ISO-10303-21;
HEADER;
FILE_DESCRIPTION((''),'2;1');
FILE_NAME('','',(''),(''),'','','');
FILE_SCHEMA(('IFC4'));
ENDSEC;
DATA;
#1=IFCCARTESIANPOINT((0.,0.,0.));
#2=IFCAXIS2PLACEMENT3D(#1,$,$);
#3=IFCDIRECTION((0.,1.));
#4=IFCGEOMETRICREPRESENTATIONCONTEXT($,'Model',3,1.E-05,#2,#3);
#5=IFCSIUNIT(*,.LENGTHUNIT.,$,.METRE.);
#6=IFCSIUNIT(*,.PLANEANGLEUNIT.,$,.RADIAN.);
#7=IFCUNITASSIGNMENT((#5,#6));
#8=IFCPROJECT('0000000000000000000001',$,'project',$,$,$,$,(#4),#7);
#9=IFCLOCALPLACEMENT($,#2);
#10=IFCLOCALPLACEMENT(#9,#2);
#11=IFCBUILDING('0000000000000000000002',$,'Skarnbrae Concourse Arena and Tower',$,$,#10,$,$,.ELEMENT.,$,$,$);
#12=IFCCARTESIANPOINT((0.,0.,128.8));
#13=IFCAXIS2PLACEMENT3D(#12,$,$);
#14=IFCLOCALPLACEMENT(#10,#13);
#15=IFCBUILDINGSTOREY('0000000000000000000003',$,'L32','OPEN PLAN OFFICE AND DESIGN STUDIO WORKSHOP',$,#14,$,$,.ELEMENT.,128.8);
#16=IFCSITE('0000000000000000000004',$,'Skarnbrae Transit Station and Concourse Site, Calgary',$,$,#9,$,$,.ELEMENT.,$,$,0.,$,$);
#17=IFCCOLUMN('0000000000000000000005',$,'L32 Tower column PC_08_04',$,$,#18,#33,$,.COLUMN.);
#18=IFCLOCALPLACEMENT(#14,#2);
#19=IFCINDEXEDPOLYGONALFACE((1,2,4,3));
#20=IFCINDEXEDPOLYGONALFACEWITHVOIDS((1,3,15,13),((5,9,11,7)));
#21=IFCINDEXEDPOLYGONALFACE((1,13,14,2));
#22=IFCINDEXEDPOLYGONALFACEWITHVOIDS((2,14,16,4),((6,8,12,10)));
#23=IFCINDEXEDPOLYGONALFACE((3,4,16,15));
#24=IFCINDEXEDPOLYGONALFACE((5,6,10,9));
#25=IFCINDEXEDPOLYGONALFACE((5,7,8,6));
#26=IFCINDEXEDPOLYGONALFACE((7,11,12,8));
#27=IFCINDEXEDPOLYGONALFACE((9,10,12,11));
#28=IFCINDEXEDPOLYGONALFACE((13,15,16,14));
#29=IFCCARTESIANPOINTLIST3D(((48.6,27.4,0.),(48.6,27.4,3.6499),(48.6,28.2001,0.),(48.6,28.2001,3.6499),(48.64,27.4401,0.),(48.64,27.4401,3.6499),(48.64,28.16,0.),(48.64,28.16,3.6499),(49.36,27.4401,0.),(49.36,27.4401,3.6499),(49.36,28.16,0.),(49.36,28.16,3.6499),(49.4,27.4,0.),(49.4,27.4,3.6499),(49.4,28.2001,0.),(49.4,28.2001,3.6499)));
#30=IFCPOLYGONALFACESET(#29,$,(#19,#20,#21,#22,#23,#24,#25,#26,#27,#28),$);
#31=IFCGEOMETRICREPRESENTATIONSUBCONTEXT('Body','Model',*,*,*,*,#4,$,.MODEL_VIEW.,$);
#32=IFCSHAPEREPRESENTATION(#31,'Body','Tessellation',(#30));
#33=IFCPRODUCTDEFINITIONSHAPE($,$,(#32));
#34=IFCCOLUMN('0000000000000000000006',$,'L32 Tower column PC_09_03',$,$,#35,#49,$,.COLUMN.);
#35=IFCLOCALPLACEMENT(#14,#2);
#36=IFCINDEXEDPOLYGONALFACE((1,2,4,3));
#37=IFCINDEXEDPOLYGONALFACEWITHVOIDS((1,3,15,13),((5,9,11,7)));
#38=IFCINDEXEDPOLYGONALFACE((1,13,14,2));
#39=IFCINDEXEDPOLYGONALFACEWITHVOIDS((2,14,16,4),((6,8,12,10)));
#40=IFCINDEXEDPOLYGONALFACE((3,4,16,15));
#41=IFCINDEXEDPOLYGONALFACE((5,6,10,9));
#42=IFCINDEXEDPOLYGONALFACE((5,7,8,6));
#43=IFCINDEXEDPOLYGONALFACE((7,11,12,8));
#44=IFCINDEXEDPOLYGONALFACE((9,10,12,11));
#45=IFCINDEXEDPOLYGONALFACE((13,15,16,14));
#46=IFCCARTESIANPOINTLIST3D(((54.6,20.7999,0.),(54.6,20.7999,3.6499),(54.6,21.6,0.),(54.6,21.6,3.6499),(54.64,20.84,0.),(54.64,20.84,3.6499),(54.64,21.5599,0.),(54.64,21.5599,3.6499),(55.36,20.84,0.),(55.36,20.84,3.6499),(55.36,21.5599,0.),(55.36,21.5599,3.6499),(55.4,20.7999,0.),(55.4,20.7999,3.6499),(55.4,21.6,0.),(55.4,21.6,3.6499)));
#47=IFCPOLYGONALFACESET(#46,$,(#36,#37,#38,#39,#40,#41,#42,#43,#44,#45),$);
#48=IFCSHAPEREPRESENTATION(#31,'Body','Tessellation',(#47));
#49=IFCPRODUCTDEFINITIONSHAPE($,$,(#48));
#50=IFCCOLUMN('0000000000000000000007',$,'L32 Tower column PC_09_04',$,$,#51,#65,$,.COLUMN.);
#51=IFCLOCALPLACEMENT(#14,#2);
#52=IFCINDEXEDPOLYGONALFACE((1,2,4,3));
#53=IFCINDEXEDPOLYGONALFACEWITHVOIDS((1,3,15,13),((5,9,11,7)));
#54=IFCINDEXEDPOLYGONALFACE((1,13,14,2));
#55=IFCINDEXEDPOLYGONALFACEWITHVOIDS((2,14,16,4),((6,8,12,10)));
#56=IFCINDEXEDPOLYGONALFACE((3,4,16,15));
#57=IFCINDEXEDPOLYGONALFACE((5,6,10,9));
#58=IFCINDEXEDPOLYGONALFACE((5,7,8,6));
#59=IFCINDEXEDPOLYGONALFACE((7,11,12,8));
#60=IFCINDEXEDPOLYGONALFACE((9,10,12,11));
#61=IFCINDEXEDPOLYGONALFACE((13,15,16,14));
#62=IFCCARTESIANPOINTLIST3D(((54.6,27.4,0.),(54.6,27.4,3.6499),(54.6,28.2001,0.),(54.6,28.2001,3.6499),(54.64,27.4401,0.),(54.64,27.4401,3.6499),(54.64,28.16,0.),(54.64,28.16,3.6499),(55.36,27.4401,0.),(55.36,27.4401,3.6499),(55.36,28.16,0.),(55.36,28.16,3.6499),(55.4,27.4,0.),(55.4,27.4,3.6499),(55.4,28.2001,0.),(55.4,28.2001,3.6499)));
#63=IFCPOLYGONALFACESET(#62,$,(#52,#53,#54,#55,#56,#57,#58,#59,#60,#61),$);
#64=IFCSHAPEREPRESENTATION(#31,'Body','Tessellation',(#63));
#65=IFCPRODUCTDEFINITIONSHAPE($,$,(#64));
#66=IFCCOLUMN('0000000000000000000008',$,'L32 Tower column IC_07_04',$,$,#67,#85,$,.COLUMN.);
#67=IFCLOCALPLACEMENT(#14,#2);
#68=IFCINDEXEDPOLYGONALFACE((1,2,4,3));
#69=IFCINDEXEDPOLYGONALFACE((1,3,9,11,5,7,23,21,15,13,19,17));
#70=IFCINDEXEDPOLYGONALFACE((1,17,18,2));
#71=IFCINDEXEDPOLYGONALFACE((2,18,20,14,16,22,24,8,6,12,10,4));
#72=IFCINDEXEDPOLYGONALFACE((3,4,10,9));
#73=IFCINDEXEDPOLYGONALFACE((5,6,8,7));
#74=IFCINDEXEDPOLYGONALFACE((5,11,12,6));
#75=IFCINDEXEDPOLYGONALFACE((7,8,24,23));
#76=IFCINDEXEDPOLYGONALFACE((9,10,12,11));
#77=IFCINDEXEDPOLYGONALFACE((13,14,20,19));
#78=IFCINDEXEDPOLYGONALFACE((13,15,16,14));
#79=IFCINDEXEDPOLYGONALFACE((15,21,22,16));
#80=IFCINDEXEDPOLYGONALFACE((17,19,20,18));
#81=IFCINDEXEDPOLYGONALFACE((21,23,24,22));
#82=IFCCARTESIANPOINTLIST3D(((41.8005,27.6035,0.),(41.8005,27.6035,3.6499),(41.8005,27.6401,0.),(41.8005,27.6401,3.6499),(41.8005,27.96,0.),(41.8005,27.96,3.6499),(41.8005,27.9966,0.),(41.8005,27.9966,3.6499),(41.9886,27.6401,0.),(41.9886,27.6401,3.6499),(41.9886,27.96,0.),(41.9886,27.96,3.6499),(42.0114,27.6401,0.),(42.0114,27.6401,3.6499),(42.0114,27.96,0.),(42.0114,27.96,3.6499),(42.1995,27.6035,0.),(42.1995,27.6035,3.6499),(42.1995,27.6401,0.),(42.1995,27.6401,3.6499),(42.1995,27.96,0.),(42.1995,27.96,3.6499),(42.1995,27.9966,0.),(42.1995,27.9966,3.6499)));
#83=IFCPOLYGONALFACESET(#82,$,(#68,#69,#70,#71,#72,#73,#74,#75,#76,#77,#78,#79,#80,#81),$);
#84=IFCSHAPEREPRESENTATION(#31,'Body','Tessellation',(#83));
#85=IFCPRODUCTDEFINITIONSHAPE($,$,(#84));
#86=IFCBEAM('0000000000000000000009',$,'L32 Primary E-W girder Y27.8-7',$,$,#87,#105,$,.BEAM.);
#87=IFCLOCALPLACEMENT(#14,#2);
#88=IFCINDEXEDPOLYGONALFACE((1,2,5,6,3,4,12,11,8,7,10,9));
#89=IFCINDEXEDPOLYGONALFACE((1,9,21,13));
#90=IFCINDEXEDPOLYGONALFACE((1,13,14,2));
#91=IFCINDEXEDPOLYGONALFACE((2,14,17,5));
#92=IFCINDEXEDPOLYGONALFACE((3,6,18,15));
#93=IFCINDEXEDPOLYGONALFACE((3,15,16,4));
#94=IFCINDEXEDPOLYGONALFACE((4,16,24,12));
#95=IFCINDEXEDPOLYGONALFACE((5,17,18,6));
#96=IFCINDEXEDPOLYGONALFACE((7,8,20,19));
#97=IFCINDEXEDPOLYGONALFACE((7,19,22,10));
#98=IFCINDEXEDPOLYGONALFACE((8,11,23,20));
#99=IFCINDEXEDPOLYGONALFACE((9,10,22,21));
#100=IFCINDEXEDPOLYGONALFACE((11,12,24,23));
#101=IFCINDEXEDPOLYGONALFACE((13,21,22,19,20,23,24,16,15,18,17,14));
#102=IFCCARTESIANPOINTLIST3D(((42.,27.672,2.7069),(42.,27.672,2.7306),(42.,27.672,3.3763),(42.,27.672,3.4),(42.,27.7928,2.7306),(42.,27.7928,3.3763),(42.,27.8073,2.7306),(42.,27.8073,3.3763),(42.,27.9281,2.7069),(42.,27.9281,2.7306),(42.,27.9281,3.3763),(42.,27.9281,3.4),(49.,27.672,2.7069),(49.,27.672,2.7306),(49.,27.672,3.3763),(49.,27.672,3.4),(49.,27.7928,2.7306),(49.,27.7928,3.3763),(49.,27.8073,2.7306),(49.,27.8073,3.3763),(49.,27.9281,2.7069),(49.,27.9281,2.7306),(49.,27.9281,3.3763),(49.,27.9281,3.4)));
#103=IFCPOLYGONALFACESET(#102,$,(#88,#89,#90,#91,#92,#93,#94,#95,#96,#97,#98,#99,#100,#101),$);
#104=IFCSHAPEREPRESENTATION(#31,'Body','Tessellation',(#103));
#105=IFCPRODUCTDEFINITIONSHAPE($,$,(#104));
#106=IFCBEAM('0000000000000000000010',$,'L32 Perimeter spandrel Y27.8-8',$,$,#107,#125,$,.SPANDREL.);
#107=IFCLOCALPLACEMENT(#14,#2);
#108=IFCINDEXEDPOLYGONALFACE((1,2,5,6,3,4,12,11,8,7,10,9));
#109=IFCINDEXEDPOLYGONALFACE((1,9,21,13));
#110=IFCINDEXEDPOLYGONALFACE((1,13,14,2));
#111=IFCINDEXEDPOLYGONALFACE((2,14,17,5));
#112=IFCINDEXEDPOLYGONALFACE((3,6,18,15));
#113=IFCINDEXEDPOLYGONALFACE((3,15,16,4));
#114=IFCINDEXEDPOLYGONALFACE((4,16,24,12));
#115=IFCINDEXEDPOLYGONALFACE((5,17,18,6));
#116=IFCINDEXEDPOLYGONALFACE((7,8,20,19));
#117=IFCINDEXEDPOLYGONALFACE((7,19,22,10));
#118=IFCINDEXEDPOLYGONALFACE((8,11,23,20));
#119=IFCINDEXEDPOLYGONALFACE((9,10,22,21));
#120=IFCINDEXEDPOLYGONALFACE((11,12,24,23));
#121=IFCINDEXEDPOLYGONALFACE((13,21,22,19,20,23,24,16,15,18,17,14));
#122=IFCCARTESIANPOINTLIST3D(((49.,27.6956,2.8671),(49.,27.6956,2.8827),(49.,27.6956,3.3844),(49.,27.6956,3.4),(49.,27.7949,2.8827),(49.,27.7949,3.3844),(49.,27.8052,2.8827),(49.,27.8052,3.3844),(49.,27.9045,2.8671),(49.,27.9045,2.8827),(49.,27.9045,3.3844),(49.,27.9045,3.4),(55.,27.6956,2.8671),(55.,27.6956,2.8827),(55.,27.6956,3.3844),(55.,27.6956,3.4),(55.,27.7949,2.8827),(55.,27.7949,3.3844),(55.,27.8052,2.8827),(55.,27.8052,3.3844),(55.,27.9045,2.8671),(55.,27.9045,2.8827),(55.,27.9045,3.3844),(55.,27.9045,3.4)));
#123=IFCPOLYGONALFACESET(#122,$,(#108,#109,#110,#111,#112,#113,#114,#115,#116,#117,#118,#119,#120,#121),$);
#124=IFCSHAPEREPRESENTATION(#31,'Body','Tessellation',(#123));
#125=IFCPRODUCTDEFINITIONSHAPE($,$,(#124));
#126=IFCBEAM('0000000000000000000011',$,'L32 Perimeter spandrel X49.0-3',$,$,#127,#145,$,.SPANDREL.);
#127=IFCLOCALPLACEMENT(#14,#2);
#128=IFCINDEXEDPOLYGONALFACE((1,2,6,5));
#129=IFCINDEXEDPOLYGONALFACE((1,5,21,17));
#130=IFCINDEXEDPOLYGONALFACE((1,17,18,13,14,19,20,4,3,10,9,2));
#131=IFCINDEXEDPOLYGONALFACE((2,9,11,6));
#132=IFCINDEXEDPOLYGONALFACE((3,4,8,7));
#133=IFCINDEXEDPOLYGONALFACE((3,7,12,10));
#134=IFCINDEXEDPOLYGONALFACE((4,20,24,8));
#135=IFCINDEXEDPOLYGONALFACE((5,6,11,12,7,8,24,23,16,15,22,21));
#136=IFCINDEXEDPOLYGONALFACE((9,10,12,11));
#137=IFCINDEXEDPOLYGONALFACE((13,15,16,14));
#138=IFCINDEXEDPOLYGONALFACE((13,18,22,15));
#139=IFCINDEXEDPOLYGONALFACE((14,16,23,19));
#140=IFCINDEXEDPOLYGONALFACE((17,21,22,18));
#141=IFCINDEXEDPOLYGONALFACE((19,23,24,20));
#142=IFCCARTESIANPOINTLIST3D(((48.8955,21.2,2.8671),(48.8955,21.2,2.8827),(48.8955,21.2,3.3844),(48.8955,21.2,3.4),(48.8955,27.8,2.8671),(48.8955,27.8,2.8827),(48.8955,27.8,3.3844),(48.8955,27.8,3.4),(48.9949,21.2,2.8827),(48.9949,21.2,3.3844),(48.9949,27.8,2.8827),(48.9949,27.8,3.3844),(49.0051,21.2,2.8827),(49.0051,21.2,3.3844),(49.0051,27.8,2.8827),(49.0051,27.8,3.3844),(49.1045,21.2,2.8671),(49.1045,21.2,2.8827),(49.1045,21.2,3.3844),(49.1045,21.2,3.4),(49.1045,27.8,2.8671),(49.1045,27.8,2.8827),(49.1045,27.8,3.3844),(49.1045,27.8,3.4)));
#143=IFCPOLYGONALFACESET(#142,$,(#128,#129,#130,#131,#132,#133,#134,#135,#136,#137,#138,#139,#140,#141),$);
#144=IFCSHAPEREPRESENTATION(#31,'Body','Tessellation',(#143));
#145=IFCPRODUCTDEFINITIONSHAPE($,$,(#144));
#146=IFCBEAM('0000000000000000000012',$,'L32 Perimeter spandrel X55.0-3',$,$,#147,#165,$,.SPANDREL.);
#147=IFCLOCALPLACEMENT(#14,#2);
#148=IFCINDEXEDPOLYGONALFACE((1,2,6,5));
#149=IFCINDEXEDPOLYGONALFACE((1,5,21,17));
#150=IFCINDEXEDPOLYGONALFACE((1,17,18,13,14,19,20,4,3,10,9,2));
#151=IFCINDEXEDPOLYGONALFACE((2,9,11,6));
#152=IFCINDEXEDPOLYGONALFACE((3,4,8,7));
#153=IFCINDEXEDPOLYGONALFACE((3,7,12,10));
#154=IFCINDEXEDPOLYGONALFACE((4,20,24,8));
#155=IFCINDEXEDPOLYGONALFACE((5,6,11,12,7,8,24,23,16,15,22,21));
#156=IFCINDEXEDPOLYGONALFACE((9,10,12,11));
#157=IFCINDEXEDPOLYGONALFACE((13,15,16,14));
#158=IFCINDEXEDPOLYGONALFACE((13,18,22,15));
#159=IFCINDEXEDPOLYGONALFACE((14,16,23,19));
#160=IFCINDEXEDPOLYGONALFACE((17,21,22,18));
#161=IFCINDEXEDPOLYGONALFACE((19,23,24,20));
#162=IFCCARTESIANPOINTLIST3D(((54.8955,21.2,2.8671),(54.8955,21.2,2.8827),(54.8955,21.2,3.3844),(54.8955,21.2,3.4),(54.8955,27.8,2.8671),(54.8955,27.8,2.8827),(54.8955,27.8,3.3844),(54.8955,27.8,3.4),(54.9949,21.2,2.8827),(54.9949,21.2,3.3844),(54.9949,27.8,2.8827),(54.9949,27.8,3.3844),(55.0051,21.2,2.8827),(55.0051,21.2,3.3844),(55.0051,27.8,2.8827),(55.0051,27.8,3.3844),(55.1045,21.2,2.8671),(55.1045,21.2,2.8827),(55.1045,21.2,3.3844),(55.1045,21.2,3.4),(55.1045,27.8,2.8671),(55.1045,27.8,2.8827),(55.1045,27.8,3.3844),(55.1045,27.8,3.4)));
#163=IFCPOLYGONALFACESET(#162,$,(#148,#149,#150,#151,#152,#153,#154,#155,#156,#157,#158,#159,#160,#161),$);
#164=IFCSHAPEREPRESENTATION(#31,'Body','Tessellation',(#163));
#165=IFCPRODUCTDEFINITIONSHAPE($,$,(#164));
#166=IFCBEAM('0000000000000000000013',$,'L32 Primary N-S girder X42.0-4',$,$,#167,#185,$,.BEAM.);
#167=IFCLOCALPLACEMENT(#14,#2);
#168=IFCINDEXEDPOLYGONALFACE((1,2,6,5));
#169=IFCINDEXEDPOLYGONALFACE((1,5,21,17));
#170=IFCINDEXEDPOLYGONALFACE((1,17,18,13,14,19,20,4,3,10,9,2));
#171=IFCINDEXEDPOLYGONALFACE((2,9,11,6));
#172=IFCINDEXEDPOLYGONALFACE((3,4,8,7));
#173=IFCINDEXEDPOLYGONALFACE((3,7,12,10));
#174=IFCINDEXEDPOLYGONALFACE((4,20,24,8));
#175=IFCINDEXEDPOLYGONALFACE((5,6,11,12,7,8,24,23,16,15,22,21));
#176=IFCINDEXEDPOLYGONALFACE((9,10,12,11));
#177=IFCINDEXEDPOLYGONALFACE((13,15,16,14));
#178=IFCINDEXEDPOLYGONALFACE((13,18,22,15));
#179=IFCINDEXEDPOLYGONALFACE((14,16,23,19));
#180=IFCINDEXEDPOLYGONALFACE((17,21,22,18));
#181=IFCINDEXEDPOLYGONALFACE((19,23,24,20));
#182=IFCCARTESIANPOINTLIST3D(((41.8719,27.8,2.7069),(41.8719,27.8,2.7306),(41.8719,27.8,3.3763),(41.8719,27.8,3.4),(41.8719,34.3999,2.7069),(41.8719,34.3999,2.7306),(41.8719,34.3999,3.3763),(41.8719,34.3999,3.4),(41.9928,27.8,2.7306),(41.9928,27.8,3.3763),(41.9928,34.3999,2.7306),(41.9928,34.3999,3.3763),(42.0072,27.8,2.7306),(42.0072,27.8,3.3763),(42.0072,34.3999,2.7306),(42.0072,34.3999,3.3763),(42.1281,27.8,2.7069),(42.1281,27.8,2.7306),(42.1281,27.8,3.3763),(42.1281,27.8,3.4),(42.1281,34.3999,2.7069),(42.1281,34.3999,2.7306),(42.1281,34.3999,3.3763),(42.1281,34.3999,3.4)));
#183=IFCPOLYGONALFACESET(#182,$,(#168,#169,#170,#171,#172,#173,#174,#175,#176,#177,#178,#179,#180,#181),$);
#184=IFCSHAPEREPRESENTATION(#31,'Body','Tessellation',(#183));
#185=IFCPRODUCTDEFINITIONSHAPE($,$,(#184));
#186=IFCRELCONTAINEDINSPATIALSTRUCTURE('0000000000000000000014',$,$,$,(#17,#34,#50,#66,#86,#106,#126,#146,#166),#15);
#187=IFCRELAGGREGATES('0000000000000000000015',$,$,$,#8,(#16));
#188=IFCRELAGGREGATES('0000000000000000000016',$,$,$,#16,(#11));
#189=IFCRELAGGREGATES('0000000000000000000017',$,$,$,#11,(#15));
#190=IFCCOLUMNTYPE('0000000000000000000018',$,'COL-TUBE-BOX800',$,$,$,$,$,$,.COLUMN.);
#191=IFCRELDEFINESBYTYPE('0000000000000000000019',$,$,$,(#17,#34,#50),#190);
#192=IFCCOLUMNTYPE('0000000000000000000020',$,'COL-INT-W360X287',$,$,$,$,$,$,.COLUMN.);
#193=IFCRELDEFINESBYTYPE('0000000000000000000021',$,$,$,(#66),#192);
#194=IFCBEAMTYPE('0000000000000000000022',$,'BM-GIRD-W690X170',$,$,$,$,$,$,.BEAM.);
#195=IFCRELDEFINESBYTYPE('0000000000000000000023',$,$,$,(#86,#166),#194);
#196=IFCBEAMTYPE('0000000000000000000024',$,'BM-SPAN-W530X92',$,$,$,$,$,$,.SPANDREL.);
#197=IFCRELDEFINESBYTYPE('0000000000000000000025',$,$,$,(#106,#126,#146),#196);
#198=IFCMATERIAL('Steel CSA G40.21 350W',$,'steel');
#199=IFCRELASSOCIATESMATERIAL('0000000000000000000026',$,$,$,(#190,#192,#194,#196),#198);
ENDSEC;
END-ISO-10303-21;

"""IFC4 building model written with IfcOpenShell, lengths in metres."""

from ifc_helpers import new_model, si_unit, direction, frame, origin, origin_2d, place, context, subcontext, project, spatial, hollow_rectangle, i_section, extrude, source, transform, mapped, material, material_profile, profile_set, type_object, element, save


model = new_model("IFC4")

# Units and contexts
model_context = context("Model", 3, precision=1e-05, world=origin(), true_north=direction((0.0, 1.0)))
body_context = subcontext(model_context, "Body", "Model", "MODEL_VIEW")
ifc_project = project(units=[si_unit("LENGTHUNIT", "METRE"), si_unit("PLANEANGLEUNIT", "RADIAN")], contexts=[model_context])

# Site, building, storey
site_placement = place(None, origin())
site = spatial("IfcSite", under=ifc_project, at=site_placement, Name="Skarnbrae Transit Station and Concourse Site, Calgary", CompositionType="ELEMENT", RefElevation=0.0)
building_placement = place(site_placement, origin())
building = spatial("IfcBuilding", under=site, at=building_placement, Name="Skarnbrae Concourse Arena and Tower", CompositionType="ELEMENT")
storey_placement = place(building_placement, frame((0.0, 0.0, 128.8)))
storey = spatial("IfcBuildingStorey", under=building, at=storey_placement, Name="L32", Description="OPEN PLAN OFFICE AND DESIGN STUDIO WORKSHOP", CompositionType="ELEMENT", Elevation=128.8)

# Columns
ifc_material_1 = material(Name="Steel CSA G40.21 350W", Category="steel")
ifc_material_profile_1 = material_profile(ifc_material_1, hollow_rectangle(XDim=0.8, YDim=0.8, WallThickness=0.04, at=origin_2d()), Name="BOX800X800X40")
ifc_profile_set_1 = profile_set([ifc_material_profile_1], Name="Steel CSA G40.21 350W")
column_type_1 = type_object("IfcColumnType", Name="COL-TUBE-BOX800", PredefinedType="COLUMN", material=ifc_profile_set_1)
shared_shape_1 = source(origin(), body_context, "Body", "SweptSolid", [
    extrude(hollow_rectangle(XDim=0.8, YDim=0.8, WallThickness=0.04, at=origin_2d()), origin(), (0.0, 0.0, 1.0), 3.6499),
])
for number, where, z_axis, x_axis, name in (
    (1, (49.0, 27.8, 0.0), (0.0, 0.0, 1.0), (1.0, 0.0, 0.0), "L32 Tower column PC_08_04"),
    (2, (55.0, 21.2, 0.0), (0.0, 0.0, 1.0), (1.0, 0.0, 0.0), "L32 Tower column PC_09_03"),
    (3, (55.0, 27.8, 0.0), (0.0, 0.0, 1.0), (1.0, 0.0, 0.0), "L32 Tower column PC_09_04"),
):
    element("IfcColumn", number, at=place(storey_placement, frame(where, z_axis=z_axis, x_axis=x_axis)), inside=storey, type_object=column_type_1, Name=name, PredefinedType="COLUMN", context=body_context, shape_type="MappedRepresentation", body=[
        mapped(shared_shape_1, transform((0.0, 0.0, 0.0))),
    ])
ifc_material_profile_2 = material_profile(ifc_material_1, i_section(OverallWidth=0.3989, OverallDepth=0.3931, WebThickness=0.0227, FlangeThickness=0.0366, at=origin_2d()), Name="W360X287")
ifc_profile_set_2 = profile_set([ifc_material_profile_2], Name="Steel CSA G40.21 350W")
column_type_2 = type_object("IfcColumnType", Name="COL-INT-W360X287", PredefinedType="COLUMN", material=ifc_profile_set_2)
shared_shape_2 = source(origin(), body_context, "Body", "SweptSolid", [
    extrude(i_section(OverallWidth=0.3989, OverallDepth=0.3931, WebThickness=0.0227, FlangeThickness=0.0366, at=origin_2d()), origin(), (0.0, 0.0, 1.0), 3.6499),
])
column_placement = place(storey_placement, frame((42.0, 27.8, 0.0), z_axis=(0.0, 0.0, 1.0), x_axis=(1.0, 0.0, 0.0)))
element("IfcColumn", 4, at=column_placement, inside=storey, type_object=column_type_2, Name="L32 Tower column IC_07_04", PredefinedType="COLUMN", context=body_context, shape_type="MappedRepresentation", body=[
    mapped(shared_shape_2, transform((0.0, 0.0, 0.0))),
])

# Beams
ifc_material_profile_3 = material_profile(ifc_material_1, i_section(OverallWidth=0.2561, OverallDepth=0.6931, WebThickness=0.0144, FlangeThickness=0.0237, at=origin_2d()), Name="W690X170")
ifc_profile_set_3 = profile_set([ifc_material_profile_3], Name="Steel CSA G40.21 350W")
beam_type_1 = type_object("IfcBeamType", Name="BM-GIRD-W690X170", PredefinedType="BEAM", material=ifc_profile_set_3)
shared_shape_3 = source(origin(), body_context, "Body", "SweptSolid", [
    extrude(i_section(OverallWidth=0.2561, OverallDepth=0.6931, WebThickness=0.0144, FlangeThickness=0.0237, at=origin_2d()), origin(), (0.0, 0.0, 1.0), 7.0),
])
beam_1_placement = place(storey_placement, frame((42.0, 27.8, 3.0535), z_axis=(1.0, 0.0, 0.0), x_axis=(0.0, 1.0, 0.0)))
element("IfcBeam", 5, at=beam_1_placement, inside=storey, type_object=beam_type_1, Name="L32 Primary E-W girder Y27.8-7", PredefinedType="BEAM", context=body_context, shape_type="MappedRepresentation", body=[
    mapped(shared_shape_3, transform((0.0, 0.0, 0.0))),
])
ifc_material_profile_4 = material_profile(ifc_material_1, i_section(OverallWidth=0.209, OverallDepth=0.533, WebThickness=0.0103, FlangeThickness=0.0156, at=origin_2d()), Name="W530X92")
ifc_profile_set_4 = profile_set([ifc_material_profile_4], Name="Steel CSA G40.21 350W")
beam_type_2 = type_object("IfcBeamType", Name="BM-SPAN-W530X92", PredefinedType="SPANDREL", material=ifc_profile_set_4)
shared_shape_4 = source(origin(), body_context, "Body", "SweptSolid", [
    extrude(i_section(OverallWidth=0.209, OverallDepth=0.533, WebThickness=0.0103, FlangeThickness=0.0156, at=origin_2d()), origin(), (0.0, 0.0, 1.0), 6.0),
])
beam_2_placement = place(storey_placement, frame((49.0, 27.8, 3.1335), z_axis=(1.0, 0.0, 0.0), x_axis=(0.0, 1.0, 0.0)))
element("IfcBeam", 6, at=beam_2_placement, inside=storey, type_object=beam_type_2, Name="L32 Perimeter spandrel Y27.8-8", PredefinedType="SPANDREL", context=body_context, shape_type="MappedRepresentation", body=[
    mapped(shared_shape_4, transform((0.0, 0.0, 0.0))),
])
shared_shape_5 = source(origin(), body_context, "Body", "SweptSolid", [
    extrude(i_section(OverallWidth=0.209, OverallDepth=0.533, WebThickness=0.0103, FlangeThickness=0.0156, at=origin_2d()), origin(), (0.0, 0.0, 1.0), 6.6001),
])
for number, where, z_axis, x_axis, name in (
    (7, (49.0, 21.2, 3.1335), (0.0, 1.0, 0.0), (-1.0, 0.0, 0.0), "L32 Perimeter spandrel X49.0-3"),
    (8, (55.0, 21.2, 3.1335), (0.0, 1.0, 0.0), (-1.0, 0.0, 0.0), "L32 Perimeter spandrel X55.0-3"),
):
    element("IfcBeam", number, at=place(storey_placement, frame(where, z_axis=z_axis, x_axis=x_axis)), inside=storey, type_object=beam_type_2, Name=name, PredefinedType="SPANDREL", context=body_context, shape_type="MappedRepresentation", body=[
        mapped(shared_shape_5, transform((0.0, 0.0, 0.0))),
    ])
shared_shape_6 = source(origin(), body_context, "Body", "SweptSolid", [
    extrude(i_section(OverallWidth=0.2561, OverallDepth=0.6931, WebThickness=0.0144, FlangeThickness=0.0237, at=origin_2d()), origin(), (0.0, 0.0, 1.0), 6.5999),
])
beam_3_placement = place(storey_placement, frame((42.0, 27.8, 3.0535), z_axis=(0.0, 1.0, 0.0), x_axis=(-1.0, 0.0, 0.0)))
element("IfcBeam", 9, at=beam_3_placement, inside=storey, type_object=beam_type_1, Name="L32 Primary N-S girder X42.0-4", PredefinedType="BEAM", context=body_context, shape_type="MappedRepresentation", body=[
    mapped(shared_shape_6, transform((0.0, 0.0, 0.0))),
])

save(model, "model.ifc")
